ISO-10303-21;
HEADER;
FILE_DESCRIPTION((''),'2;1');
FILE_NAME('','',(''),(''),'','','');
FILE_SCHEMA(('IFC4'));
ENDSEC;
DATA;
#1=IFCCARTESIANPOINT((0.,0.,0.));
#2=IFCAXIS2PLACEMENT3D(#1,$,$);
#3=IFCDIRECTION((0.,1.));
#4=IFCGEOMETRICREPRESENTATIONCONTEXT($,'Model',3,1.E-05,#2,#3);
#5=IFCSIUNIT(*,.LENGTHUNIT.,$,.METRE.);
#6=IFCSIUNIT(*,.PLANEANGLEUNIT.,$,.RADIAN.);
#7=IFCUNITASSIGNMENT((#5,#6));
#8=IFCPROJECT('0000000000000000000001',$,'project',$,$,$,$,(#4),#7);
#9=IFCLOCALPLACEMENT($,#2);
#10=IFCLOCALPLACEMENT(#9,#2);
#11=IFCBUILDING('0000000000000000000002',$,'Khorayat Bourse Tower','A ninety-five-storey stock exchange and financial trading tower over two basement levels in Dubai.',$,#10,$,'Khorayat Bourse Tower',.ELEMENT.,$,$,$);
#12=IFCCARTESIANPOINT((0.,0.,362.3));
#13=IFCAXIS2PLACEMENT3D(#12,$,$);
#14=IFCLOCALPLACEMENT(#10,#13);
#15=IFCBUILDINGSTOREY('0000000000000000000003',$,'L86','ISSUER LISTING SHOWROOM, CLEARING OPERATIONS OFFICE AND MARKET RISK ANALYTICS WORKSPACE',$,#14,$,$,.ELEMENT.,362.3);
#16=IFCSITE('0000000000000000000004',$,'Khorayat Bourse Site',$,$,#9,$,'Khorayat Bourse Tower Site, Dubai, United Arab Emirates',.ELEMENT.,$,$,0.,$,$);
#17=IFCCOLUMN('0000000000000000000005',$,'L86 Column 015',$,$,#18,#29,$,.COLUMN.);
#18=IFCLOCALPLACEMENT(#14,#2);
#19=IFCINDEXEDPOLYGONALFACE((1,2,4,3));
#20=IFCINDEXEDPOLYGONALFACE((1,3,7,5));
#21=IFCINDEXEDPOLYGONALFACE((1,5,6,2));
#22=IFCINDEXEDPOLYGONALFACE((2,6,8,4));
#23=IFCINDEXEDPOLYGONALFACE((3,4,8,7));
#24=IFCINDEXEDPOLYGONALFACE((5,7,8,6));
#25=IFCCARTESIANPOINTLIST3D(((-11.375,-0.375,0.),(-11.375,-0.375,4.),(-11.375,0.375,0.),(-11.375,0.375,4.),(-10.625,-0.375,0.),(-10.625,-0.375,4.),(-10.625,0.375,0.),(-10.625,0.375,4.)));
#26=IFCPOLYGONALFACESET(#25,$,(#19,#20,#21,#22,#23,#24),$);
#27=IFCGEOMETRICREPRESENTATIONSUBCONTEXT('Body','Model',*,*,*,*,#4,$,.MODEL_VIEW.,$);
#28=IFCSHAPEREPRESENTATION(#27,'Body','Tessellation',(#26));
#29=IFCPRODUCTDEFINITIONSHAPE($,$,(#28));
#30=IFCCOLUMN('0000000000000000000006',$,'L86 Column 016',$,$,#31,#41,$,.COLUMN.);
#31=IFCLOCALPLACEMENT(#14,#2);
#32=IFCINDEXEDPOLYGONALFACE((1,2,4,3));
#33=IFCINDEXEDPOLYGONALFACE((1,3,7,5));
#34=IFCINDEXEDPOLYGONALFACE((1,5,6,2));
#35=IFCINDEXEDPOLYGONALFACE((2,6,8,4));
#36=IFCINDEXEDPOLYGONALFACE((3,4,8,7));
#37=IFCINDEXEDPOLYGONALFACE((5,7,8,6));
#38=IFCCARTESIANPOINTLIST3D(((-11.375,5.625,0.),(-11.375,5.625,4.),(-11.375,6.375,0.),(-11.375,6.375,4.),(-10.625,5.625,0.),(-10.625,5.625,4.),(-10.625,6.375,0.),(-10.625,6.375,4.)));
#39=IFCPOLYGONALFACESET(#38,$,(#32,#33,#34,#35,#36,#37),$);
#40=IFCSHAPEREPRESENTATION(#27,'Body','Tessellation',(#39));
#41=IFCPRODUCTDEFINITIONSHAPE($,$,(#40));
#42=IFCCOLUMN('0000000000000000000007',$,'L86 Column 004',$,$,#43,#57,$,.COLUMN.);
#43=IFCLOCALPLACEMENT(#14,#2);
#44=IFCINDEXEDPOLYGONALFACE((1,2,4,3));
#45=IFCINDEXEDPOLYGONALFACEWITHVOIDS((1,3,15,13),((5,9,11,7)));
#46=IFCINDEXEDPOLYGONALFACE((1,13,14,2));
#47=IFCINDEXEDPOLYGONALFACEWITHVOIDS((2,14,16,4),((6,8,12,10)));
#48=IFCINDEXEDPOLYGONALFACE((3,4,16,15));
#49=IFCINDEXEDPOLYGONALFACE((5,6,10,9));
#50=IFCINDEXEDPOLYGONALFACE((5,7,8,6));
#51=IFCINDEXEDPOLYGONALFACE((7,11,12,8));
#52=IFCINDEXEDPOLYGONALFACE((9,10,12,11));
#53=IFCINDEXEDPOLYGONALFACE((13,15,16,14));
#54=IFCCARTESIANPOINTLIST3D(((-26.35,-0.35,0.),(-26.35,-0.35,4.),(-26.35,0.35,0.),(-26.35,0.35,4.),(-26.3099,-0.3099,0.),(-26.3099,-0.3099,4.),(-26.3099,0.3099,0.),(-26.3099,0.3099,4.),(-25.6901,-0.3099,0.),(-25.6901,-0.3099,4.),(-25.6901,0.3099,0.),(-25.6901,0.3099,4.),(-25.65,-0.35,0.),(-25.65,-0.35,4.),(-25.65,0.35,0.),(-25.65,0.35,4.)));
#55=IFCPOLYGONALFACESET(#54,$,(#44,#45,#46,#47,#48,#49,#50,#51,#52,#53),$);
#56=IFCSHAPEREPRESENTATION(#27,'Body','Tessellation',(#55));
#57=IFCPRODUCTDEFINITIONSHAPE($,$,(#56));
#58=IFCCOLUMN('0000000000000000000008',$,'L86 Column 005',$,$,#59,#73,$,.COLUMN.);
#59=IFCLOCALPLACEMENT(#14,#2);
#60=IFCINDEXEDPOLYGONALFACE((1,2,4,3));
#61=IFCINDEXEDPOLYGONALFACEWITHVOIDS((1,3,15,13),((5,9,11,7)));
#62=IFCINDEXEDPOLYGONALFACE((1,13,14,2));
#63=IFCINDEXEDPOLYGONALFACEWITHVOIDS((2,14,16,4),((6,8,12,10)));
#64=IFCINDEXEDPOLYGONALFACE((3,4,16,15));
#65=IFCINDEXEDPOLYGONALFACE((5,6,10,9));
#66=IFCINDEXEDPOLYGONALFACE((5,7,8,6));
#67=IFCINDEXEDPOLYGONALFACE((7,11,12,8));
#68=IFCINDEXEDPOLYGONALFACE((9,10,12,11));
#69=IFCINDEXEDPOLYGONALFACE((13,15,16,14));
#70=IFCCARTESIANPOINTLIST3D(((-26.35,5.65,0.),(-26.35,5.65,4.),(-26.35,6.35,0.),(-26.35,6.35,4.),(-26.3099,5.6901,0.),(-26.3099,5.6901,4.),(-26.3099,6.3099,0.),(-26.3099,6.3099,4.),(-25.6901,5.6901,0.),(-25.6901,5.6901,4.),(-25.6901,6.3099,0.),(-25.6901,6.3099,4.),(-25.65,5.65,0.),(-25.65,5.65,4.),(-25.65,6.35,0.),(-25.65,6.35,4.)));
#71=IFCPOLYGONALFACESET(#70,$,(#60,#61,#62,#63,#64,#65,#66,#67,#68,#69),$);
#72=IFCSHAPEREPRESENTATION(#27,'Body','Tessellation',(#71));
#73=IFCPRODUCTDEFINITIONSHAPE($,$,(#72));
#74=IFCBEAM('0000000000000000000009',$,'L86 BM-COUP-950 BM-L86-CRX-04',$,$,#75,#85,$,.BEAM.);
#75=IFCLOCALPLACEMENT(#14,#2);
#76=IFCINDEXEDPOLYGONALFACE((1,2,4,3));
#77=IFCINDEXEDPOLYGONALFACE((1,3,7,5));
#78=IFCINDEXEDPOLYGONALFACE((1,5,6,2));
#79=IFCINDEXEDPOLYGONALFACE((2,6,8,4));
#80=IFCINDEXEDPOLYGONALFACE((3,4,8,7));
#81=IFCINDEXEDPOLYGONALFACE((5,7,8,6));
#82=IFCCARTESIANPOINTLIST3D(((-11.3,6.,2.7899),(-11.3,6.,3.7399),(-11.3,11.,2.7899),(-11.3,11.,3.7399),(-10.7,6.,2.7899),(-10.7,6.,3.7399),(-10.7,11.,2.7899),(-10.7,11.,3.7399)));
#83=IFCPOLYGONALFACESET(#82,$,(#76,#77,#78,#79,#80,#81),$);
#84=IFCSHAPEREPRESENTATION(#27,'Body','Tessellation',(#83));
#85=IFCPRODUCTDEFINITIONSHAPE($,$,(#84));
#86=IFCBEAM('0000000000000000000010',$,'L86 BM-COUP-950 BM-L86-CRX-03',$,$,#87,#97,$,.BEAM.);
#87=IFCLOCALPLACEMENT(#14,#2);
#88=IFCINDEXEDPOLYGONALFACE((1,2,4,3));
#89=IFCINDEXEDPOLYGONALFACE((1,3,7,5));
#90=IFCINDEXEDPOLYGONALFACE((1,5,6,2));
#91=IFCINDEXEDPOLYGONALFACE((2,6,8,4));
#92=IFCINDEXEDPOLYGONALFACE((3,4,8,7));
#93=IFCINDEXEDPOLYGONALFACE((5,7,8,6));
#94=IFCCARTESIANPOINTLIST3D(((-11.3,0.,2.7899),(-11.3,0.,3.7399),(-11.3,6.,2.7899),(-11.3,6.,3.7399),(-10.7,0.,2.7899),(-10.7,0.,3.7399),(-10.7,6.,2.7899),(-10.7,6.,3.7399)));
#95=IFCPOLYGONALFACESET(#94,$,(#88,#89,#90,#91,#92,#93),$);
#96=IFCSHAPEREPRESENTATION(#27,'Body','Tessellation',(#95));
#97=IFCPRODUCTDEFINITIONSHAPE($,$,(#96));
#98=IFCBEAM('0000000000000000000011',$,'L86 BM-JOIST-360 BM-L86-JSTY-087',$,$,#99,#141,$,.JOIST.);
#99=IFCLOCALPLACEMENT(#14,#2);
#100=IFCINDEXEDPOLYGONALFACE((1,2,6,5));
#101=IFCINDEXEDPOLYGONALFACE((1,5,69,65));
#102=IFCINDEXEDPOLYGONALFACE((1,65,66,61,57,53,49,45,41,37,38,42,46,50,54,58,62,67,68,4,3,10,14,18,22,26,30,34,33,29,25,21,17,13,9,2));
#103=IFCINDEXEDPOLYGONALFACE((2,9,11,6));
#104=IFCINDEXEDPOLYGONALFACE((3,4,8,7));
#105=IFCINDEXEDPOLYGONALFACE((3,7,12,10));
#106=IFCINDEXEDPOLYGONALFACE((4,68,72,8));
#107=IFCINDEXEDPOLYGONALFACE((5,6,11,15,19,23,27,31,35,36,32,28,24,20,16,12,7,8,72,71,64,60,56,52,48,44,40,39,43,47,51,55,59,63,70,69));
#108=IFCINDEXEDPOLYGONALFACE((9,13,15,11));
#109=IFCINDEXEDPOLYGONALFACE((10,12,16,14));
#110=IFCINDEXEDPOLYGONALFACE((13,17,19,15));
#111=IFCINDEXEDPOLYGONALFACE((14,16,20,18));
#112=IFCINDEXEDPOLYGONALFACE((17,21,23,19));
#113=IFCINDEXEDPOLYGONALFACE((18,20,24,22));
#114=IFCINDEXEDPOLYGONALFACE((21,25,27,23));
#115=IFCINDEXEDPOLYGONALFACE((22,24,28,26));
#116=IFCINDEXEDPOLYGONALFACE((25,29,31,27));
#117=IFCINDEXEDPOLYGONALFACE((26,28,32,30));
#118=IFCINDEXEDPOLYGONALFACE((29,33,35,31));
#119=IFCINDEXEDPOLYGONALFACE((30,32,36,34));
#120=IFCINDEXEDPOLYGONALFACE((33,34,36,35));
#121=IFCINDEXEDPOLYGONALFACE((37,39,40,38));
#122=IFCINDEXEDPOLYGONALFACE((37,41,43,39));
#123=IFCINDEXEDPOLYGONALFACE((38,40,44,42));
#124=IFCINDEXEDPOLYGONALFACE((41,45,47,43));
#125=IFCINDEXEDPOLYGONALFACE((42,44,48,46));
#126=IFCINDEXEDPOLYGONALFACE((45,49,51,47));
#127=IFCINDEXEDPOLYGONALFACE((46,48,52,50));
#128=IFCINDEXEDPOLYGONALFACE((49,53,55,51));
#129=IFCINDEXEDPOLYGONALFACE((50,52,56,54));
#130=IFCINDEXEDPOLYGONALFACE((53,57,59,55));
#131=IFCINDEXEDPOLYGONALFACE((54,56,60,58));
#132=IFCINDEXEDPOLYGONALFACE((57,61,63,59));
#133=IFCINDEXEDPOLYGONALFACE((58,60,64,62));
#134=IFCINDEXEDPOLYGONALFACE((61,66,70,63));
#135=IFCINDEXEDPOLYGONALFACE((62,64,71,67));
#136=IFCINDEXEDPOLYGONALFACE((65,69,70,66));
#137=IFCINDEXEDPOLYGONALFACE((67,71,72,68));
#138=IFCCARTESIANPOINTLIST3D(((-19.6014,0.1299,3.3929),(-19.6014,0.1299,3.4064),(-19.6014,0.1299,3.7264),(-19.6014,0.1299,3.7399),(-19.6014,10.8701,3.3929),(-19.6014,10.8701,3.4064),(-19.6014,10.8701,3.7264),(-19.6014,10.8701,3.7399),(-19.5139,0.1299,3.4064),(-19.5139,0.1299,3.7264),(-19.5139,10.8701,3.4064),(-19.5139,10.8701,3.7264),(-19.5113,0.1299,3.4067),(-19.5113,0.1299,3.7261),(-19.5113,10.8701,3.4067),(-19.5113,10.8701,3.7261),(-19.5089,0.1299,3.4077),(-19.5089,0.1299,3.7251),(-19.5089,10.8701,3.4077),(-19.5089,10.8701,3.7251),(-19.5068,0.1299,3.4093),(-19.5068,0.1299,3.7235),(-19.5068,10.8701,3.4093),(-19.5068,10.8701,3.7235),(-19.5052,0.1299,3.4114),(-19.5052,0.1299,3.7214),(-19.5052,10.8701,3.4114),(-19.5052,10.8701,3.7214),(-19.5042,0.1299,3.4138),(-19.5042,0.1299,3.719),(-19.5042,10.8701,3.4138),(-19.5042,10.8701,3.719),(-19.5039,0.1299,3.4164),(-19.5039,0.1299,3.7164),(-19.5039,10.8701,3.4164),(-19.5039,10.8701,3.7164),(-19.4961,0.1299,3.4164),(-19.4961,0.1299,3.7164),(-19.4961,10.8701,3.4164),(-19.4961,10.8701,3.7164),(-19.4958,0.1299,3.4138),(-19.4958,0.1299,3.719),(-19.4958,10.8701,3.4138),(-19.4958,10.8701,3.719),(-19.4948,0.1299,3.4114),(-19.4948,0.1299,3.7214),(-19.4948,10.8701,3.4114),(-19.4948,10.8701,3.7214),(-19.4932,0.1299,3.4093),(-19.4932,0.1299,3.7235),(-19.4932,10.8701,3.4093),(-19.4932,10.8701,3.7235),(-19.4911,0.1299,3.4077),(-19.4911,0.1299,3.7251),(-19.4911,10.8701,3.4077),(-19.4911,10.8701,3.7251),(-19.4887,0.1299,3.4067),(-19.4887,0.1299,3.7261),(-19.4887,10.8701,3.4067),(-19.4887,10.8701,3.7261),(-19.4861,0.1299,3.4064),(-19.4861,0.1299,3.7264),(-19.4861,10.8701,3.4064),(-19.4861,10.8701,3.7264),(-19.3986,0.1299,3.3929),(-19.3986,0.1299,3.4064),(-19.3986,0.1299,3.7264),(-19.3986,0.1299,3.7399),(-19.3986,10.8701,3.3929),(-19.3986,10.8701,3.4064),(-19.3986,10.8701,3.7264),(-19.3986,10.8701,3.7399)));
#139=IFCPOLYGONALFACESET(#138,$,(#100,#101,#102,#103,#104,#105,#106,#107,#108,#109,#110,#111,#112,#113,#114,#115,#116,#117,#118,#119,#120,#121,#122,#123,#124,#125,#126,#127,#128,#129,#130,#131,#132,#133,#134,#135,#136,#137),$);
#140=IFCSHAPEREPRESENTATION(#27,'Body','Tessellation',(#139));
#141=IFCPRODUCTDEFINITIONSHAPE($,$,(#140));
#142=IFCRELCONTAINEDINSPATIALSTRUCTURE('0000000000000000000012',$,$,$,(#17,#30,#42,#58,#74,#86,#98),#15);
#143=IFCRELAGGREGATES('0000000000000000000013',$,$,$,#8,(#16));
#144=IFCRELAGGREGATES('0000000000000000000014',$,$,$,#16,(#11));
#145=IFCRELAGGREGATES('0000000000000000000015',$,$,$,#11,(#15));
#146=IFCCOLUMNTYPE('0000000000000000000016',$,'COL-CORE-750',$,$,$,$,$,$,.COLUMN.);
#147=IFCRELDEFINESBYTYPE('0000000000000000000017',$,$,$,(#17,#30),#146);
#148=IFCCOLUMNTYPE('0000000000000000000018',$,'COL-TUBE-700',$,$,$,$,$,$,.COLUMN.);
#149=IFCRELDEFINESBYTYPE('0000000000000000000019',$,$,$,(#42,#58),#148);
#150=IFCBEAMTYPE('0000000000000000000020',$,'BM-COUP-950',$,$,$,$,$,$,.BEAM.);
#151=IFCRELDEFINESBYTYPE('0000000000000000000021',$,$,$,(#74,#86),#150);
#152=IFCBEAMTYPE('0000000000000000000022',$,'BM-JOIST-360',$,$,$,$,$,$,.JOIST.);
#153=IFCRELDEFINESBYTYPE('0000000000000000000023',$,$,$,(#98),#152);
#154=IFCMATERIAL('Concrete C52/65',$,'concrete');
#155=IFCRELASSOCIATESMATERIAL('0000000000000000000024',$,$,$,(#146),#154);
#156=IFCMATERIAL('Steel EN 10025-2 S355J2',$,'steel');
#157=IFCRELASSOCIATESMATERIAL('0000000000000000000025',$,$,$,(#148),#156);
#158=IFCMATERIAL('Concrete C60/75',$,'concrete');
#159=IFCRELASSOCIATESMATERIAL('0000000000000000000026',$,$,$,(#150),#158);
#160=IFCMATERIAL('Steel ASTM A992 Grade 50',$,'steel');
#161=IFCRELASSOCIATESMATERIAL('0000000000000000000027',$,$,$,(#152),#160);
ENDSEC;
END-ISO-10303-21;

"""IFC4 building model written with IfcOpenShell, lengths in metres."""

from ifc_helpers import new_model, si_unit, direction, frame, origin, origin_2d, place, context, subcontext, project, spatial, rectangle, hollow_rectangle, i_section, extrude, source, transform, mapped, material, material_profile, profile_set, type_object, element, save


model = new_model("IFC4")

# Units and contexts
model_context = context("Model", 3, precision=1e-05, world=origin(), true_north=direction((0.0, 1.0)))
body_context = subcontext(model_context, "Body", "Model", "MODEL_VIEW")
ifc_project = project(units=[si_unit("LENGTHUNIT", "METRE"), si_unit("PLANEANGLEUNIT", "RADIAN")], contexts=[model_context])

# Site, building, storey
site_placement = place(None, origin())
site = spatial("IfcSite", under=ifc_project, at=site_placement, Name="Khorayat Bourse Site", LongName="Khorayat Bourse Tower Site, Dubai, United Arab Emirates", CompositionType="ELEMENT", RefElevation=0.0)
building_placement = place(site_placement, origin())
building = spatial("IfcBuilding", under=site, at=building_placement, Name="Khorayat Bourse Tower", Description="A ninety-five-storey stock exchange and financial trading tower over two basement levels in Dubai.", LongName="Khorayat Bourse Tower", CompositionType="ELEMENT")
storey_placement = place(building_placement, frame((0.0, 0.0, 362.3)))
storey = spatial("IfcBuildingStorey", under=building, at=storey_placement, Name="L86", Description="ISSUER LISTING SHOWROOM, CLEARING OPERATIONS OFFICE AND MARKET RISK ANALYTICS WORKSPACE", CompositionType="ELEMENT", Elevation=362.3)

# Columns
ifc_material_1 = material(Name="Concrete C52/65", Category="concrete")
ifc_material_profile_1 = material_profile(ifc_material_1, rectangle(XDim=0.75, YDim=0.75, at=origin_2d()), Name="RC 750x750")
ifc_profile_set_1 = profile_set([ifc_material_profile_1], Name="Concrete C52/65")
column_type_1 = type_object("IfcColumnType", Name="COL-CORE-750", PredefinedType="COLUMN", material=ifc_profile_set_1)
shared_shape_1 = source(origin(), body_context, "Body", "SweptSolid", [
    extrude(rectangle(XDim=0.75, YDim=0.75, at=origin_2d()), origin(), (0.0, 0.0, 1.0), 4.0),
])
for number, where, z_axis, x_axis, name in (
    (1, (-11.0, 0.0, 0.0), (0.0, 0.0, 1.0), (1.0, 0.0, 0.0), "L86 Column 015"),
    (2, (-11.0, 6.0, 0.0), (0.0, 0.0, 1.0), (1.0, 0.0, 0.0), "L86 Column 016"),
):
    element("IfcColumn", number, at=place(storey_placement, frame(where, z_axis=z_axis, x_axis=x_axis)), inside=storey, type_object=column_type_1, Name=name, PredefinedType="COLUMN", context=body_context, shape_type="MappedRepresentation", body=[
        mapped(shared_shape_1, transform((0.0, 0.0, 0.0), scale=1.0)),
    ])
ifc_material_2 = material(Name="Steel EN 10025-2 S355J2", Category="steel")
ifc_material_profile_2 = material_profile(ifc_material_2, hollow_rectangle(XDim=0.7, YDim=0.7, WallThickness=0.04, at=origin_2d()), Name="BOX 700x700x40")
ifc_profile_set_2 = profile_set([ifc_material_profile_2], Name="Steel EN 10025-2 S355J2")
column_type_2 = type_object("IfcColumnType", Name="COL-TUBE-700", PredefinedType="COLUMN", material=ifc_profile_set_2)
shared_shape_2 = source(origin(), body_context, "Body", "SweptSolid", [
    extrude(hollow_rectangle(XDim=0.7, YDim=0.7, WallThickness=0.04, at=origin_2d()), origin(), (0.0, 0.0, 1.0), 4.0),
])
for number, where, z_axis, x_axis, name in (
    (3, (-26.0, 0.0, 0.0), (0.0, 0.0, 1.0), (1.0, 0.0, 0.0), "L86 Column 004"),
    (4, (-26.0, 6.0, 0.0), (0.0, 0.0, 1.0), (1.0, 0.0, 0.0), "L86 Column 005"),
):
    element("IfcColumn", number, at=place(storey_placement, frame(where, z_axis=z_axis, x_axis=x_axis)), inside=storey, type_object=column_type_2, Name=name, PredefinedType="COLUMN", context=body_context, shape_type="MappedRepresentation", body=[
        mapped(shared_shape_2, transform((0.0, 0.0, 0.0), scale=1.0)),
    ])

# Beams
ifc_material_3 = material(Name="Concrete C60/75", Category="concrete")
ifc_material_profile_3 = material_profile(ifc_material_3, rectangle(XDim=0.6001, YDim=0.95, at=origin_2d()), Name="RC 600x950")
ifc_profile_set_3 = profile_set([ifc_material_profile_3], Name="Concrete C60/75")
beam_type_1 = type_object("IfcBeamType", Name="BM-COUP-950", PredefinedType="BEAM", material=ifc_profile_set_3)
shared_shape_3 = source(origin(), body_context, "Body", "SweptSolid", [
    extrude(rectangle(XDim=0.6001, YDim=0.95, at=origin_2d()), origin(), (0.0, 0.0, 1.0), 5.0),
])
beam_1_placement = place(storey_placement, frame((-11.0, 6.0, 3.2649), z_axis=(0.0, 1.0, 0.0), x_axis=(-1.0, 0.0, 0.0)))
element("IfcBeam", 5, at=beam_1_placement, inside=storey, type_object=beam_type_1, Name="L86 BM-COUP-950 BM-L86-CRX-04", PredefinedType="BEAM", context=body_context, shape_type="MappedRepresentation", body=[
    mapped(shared_shape_3, transform((0.0, 0.0, 0.0), scale=1.0)),
])
shared_shape_4 = source(origin(), body_context, "Body", "SweptSolid", [
    extrude(rectangle(XDim=0.6001, YDim=0.95, at=origin_2d()), origin(), (0.0, 0.0, 1.0), 6.0),
])
beam_2_placement = place(storey_placement, frame((-11.0, 0.0, 3.2649), z_axis=(0.0, 1.0, 0.0), x_axis=(-1.0, 0.0, 0.0)))
element("IfcBeam", 6, at=beam_2_placement, inside=storey, type_object=beam_type_1, Name="L86 BM-COUP-950 BM-L86-CRX-03", PredefinedType="BEAM", context=body_context, shape_type="MappedRepresentation", body=[
    mapped(shared_shape_4, transform((0.0, 0.0, 0.0), scale=1.0)),
])
ifc_material_4 = material(Name="Steel ASTM A992 Grade 50", Category="steel")
ifc_material_profile_4 = material_profile(ifc_material_4, i_section(OverallWidth=0.2029, OverallDepth=0.3469, WebThickness=0.0078, FlangeThickness=0.0134, FilletRadius=0.01, at=origin_2d()), Name="W360X64")
ifc_profile_set_4 = profile_set([ifc_material_profile_4], Name="Steel ASTM A992 Grade 50")
beam_type_2 = type_object("IfcBeamType", Name="BM-JOIST-360", PredefinedType="JOIST", material=ifc_profile_set_4)
shared_shape_5 = source(origin(), body_context, "Body", "SweptSolid", [
    extrude(i_section(OverallWidth=0.2029, OverallDepth=0.3469, WebThickness=0.0078, FlangeThickness=0.0134, FilletRadius=0.01, at=origin_2d()), origin(), (0.0, 0.0, 1.0), 10.7402),
])
beam_3_placement = place(storey_placement, frame((-19.5, 0.1299, 3.5664), z_axis=(0.0, 1.0, 0.0), x_axis=(-1.0, 0.0, 0.0)))
element("IfcBeam", 7, at=beam_3_placement, inside=storey, type_object=beam_type_2, Name="L86 BM-JOIST-360 BM-L86-JSTY-087", PredefinedType="JOIST", context=body_context, shape_type="MappedRepresentation", body=[
    mapped(shared_shape_5, transform((0.0, 0.0, 0.0), scale=1.0)),
])

save(model, "model.ifc")
